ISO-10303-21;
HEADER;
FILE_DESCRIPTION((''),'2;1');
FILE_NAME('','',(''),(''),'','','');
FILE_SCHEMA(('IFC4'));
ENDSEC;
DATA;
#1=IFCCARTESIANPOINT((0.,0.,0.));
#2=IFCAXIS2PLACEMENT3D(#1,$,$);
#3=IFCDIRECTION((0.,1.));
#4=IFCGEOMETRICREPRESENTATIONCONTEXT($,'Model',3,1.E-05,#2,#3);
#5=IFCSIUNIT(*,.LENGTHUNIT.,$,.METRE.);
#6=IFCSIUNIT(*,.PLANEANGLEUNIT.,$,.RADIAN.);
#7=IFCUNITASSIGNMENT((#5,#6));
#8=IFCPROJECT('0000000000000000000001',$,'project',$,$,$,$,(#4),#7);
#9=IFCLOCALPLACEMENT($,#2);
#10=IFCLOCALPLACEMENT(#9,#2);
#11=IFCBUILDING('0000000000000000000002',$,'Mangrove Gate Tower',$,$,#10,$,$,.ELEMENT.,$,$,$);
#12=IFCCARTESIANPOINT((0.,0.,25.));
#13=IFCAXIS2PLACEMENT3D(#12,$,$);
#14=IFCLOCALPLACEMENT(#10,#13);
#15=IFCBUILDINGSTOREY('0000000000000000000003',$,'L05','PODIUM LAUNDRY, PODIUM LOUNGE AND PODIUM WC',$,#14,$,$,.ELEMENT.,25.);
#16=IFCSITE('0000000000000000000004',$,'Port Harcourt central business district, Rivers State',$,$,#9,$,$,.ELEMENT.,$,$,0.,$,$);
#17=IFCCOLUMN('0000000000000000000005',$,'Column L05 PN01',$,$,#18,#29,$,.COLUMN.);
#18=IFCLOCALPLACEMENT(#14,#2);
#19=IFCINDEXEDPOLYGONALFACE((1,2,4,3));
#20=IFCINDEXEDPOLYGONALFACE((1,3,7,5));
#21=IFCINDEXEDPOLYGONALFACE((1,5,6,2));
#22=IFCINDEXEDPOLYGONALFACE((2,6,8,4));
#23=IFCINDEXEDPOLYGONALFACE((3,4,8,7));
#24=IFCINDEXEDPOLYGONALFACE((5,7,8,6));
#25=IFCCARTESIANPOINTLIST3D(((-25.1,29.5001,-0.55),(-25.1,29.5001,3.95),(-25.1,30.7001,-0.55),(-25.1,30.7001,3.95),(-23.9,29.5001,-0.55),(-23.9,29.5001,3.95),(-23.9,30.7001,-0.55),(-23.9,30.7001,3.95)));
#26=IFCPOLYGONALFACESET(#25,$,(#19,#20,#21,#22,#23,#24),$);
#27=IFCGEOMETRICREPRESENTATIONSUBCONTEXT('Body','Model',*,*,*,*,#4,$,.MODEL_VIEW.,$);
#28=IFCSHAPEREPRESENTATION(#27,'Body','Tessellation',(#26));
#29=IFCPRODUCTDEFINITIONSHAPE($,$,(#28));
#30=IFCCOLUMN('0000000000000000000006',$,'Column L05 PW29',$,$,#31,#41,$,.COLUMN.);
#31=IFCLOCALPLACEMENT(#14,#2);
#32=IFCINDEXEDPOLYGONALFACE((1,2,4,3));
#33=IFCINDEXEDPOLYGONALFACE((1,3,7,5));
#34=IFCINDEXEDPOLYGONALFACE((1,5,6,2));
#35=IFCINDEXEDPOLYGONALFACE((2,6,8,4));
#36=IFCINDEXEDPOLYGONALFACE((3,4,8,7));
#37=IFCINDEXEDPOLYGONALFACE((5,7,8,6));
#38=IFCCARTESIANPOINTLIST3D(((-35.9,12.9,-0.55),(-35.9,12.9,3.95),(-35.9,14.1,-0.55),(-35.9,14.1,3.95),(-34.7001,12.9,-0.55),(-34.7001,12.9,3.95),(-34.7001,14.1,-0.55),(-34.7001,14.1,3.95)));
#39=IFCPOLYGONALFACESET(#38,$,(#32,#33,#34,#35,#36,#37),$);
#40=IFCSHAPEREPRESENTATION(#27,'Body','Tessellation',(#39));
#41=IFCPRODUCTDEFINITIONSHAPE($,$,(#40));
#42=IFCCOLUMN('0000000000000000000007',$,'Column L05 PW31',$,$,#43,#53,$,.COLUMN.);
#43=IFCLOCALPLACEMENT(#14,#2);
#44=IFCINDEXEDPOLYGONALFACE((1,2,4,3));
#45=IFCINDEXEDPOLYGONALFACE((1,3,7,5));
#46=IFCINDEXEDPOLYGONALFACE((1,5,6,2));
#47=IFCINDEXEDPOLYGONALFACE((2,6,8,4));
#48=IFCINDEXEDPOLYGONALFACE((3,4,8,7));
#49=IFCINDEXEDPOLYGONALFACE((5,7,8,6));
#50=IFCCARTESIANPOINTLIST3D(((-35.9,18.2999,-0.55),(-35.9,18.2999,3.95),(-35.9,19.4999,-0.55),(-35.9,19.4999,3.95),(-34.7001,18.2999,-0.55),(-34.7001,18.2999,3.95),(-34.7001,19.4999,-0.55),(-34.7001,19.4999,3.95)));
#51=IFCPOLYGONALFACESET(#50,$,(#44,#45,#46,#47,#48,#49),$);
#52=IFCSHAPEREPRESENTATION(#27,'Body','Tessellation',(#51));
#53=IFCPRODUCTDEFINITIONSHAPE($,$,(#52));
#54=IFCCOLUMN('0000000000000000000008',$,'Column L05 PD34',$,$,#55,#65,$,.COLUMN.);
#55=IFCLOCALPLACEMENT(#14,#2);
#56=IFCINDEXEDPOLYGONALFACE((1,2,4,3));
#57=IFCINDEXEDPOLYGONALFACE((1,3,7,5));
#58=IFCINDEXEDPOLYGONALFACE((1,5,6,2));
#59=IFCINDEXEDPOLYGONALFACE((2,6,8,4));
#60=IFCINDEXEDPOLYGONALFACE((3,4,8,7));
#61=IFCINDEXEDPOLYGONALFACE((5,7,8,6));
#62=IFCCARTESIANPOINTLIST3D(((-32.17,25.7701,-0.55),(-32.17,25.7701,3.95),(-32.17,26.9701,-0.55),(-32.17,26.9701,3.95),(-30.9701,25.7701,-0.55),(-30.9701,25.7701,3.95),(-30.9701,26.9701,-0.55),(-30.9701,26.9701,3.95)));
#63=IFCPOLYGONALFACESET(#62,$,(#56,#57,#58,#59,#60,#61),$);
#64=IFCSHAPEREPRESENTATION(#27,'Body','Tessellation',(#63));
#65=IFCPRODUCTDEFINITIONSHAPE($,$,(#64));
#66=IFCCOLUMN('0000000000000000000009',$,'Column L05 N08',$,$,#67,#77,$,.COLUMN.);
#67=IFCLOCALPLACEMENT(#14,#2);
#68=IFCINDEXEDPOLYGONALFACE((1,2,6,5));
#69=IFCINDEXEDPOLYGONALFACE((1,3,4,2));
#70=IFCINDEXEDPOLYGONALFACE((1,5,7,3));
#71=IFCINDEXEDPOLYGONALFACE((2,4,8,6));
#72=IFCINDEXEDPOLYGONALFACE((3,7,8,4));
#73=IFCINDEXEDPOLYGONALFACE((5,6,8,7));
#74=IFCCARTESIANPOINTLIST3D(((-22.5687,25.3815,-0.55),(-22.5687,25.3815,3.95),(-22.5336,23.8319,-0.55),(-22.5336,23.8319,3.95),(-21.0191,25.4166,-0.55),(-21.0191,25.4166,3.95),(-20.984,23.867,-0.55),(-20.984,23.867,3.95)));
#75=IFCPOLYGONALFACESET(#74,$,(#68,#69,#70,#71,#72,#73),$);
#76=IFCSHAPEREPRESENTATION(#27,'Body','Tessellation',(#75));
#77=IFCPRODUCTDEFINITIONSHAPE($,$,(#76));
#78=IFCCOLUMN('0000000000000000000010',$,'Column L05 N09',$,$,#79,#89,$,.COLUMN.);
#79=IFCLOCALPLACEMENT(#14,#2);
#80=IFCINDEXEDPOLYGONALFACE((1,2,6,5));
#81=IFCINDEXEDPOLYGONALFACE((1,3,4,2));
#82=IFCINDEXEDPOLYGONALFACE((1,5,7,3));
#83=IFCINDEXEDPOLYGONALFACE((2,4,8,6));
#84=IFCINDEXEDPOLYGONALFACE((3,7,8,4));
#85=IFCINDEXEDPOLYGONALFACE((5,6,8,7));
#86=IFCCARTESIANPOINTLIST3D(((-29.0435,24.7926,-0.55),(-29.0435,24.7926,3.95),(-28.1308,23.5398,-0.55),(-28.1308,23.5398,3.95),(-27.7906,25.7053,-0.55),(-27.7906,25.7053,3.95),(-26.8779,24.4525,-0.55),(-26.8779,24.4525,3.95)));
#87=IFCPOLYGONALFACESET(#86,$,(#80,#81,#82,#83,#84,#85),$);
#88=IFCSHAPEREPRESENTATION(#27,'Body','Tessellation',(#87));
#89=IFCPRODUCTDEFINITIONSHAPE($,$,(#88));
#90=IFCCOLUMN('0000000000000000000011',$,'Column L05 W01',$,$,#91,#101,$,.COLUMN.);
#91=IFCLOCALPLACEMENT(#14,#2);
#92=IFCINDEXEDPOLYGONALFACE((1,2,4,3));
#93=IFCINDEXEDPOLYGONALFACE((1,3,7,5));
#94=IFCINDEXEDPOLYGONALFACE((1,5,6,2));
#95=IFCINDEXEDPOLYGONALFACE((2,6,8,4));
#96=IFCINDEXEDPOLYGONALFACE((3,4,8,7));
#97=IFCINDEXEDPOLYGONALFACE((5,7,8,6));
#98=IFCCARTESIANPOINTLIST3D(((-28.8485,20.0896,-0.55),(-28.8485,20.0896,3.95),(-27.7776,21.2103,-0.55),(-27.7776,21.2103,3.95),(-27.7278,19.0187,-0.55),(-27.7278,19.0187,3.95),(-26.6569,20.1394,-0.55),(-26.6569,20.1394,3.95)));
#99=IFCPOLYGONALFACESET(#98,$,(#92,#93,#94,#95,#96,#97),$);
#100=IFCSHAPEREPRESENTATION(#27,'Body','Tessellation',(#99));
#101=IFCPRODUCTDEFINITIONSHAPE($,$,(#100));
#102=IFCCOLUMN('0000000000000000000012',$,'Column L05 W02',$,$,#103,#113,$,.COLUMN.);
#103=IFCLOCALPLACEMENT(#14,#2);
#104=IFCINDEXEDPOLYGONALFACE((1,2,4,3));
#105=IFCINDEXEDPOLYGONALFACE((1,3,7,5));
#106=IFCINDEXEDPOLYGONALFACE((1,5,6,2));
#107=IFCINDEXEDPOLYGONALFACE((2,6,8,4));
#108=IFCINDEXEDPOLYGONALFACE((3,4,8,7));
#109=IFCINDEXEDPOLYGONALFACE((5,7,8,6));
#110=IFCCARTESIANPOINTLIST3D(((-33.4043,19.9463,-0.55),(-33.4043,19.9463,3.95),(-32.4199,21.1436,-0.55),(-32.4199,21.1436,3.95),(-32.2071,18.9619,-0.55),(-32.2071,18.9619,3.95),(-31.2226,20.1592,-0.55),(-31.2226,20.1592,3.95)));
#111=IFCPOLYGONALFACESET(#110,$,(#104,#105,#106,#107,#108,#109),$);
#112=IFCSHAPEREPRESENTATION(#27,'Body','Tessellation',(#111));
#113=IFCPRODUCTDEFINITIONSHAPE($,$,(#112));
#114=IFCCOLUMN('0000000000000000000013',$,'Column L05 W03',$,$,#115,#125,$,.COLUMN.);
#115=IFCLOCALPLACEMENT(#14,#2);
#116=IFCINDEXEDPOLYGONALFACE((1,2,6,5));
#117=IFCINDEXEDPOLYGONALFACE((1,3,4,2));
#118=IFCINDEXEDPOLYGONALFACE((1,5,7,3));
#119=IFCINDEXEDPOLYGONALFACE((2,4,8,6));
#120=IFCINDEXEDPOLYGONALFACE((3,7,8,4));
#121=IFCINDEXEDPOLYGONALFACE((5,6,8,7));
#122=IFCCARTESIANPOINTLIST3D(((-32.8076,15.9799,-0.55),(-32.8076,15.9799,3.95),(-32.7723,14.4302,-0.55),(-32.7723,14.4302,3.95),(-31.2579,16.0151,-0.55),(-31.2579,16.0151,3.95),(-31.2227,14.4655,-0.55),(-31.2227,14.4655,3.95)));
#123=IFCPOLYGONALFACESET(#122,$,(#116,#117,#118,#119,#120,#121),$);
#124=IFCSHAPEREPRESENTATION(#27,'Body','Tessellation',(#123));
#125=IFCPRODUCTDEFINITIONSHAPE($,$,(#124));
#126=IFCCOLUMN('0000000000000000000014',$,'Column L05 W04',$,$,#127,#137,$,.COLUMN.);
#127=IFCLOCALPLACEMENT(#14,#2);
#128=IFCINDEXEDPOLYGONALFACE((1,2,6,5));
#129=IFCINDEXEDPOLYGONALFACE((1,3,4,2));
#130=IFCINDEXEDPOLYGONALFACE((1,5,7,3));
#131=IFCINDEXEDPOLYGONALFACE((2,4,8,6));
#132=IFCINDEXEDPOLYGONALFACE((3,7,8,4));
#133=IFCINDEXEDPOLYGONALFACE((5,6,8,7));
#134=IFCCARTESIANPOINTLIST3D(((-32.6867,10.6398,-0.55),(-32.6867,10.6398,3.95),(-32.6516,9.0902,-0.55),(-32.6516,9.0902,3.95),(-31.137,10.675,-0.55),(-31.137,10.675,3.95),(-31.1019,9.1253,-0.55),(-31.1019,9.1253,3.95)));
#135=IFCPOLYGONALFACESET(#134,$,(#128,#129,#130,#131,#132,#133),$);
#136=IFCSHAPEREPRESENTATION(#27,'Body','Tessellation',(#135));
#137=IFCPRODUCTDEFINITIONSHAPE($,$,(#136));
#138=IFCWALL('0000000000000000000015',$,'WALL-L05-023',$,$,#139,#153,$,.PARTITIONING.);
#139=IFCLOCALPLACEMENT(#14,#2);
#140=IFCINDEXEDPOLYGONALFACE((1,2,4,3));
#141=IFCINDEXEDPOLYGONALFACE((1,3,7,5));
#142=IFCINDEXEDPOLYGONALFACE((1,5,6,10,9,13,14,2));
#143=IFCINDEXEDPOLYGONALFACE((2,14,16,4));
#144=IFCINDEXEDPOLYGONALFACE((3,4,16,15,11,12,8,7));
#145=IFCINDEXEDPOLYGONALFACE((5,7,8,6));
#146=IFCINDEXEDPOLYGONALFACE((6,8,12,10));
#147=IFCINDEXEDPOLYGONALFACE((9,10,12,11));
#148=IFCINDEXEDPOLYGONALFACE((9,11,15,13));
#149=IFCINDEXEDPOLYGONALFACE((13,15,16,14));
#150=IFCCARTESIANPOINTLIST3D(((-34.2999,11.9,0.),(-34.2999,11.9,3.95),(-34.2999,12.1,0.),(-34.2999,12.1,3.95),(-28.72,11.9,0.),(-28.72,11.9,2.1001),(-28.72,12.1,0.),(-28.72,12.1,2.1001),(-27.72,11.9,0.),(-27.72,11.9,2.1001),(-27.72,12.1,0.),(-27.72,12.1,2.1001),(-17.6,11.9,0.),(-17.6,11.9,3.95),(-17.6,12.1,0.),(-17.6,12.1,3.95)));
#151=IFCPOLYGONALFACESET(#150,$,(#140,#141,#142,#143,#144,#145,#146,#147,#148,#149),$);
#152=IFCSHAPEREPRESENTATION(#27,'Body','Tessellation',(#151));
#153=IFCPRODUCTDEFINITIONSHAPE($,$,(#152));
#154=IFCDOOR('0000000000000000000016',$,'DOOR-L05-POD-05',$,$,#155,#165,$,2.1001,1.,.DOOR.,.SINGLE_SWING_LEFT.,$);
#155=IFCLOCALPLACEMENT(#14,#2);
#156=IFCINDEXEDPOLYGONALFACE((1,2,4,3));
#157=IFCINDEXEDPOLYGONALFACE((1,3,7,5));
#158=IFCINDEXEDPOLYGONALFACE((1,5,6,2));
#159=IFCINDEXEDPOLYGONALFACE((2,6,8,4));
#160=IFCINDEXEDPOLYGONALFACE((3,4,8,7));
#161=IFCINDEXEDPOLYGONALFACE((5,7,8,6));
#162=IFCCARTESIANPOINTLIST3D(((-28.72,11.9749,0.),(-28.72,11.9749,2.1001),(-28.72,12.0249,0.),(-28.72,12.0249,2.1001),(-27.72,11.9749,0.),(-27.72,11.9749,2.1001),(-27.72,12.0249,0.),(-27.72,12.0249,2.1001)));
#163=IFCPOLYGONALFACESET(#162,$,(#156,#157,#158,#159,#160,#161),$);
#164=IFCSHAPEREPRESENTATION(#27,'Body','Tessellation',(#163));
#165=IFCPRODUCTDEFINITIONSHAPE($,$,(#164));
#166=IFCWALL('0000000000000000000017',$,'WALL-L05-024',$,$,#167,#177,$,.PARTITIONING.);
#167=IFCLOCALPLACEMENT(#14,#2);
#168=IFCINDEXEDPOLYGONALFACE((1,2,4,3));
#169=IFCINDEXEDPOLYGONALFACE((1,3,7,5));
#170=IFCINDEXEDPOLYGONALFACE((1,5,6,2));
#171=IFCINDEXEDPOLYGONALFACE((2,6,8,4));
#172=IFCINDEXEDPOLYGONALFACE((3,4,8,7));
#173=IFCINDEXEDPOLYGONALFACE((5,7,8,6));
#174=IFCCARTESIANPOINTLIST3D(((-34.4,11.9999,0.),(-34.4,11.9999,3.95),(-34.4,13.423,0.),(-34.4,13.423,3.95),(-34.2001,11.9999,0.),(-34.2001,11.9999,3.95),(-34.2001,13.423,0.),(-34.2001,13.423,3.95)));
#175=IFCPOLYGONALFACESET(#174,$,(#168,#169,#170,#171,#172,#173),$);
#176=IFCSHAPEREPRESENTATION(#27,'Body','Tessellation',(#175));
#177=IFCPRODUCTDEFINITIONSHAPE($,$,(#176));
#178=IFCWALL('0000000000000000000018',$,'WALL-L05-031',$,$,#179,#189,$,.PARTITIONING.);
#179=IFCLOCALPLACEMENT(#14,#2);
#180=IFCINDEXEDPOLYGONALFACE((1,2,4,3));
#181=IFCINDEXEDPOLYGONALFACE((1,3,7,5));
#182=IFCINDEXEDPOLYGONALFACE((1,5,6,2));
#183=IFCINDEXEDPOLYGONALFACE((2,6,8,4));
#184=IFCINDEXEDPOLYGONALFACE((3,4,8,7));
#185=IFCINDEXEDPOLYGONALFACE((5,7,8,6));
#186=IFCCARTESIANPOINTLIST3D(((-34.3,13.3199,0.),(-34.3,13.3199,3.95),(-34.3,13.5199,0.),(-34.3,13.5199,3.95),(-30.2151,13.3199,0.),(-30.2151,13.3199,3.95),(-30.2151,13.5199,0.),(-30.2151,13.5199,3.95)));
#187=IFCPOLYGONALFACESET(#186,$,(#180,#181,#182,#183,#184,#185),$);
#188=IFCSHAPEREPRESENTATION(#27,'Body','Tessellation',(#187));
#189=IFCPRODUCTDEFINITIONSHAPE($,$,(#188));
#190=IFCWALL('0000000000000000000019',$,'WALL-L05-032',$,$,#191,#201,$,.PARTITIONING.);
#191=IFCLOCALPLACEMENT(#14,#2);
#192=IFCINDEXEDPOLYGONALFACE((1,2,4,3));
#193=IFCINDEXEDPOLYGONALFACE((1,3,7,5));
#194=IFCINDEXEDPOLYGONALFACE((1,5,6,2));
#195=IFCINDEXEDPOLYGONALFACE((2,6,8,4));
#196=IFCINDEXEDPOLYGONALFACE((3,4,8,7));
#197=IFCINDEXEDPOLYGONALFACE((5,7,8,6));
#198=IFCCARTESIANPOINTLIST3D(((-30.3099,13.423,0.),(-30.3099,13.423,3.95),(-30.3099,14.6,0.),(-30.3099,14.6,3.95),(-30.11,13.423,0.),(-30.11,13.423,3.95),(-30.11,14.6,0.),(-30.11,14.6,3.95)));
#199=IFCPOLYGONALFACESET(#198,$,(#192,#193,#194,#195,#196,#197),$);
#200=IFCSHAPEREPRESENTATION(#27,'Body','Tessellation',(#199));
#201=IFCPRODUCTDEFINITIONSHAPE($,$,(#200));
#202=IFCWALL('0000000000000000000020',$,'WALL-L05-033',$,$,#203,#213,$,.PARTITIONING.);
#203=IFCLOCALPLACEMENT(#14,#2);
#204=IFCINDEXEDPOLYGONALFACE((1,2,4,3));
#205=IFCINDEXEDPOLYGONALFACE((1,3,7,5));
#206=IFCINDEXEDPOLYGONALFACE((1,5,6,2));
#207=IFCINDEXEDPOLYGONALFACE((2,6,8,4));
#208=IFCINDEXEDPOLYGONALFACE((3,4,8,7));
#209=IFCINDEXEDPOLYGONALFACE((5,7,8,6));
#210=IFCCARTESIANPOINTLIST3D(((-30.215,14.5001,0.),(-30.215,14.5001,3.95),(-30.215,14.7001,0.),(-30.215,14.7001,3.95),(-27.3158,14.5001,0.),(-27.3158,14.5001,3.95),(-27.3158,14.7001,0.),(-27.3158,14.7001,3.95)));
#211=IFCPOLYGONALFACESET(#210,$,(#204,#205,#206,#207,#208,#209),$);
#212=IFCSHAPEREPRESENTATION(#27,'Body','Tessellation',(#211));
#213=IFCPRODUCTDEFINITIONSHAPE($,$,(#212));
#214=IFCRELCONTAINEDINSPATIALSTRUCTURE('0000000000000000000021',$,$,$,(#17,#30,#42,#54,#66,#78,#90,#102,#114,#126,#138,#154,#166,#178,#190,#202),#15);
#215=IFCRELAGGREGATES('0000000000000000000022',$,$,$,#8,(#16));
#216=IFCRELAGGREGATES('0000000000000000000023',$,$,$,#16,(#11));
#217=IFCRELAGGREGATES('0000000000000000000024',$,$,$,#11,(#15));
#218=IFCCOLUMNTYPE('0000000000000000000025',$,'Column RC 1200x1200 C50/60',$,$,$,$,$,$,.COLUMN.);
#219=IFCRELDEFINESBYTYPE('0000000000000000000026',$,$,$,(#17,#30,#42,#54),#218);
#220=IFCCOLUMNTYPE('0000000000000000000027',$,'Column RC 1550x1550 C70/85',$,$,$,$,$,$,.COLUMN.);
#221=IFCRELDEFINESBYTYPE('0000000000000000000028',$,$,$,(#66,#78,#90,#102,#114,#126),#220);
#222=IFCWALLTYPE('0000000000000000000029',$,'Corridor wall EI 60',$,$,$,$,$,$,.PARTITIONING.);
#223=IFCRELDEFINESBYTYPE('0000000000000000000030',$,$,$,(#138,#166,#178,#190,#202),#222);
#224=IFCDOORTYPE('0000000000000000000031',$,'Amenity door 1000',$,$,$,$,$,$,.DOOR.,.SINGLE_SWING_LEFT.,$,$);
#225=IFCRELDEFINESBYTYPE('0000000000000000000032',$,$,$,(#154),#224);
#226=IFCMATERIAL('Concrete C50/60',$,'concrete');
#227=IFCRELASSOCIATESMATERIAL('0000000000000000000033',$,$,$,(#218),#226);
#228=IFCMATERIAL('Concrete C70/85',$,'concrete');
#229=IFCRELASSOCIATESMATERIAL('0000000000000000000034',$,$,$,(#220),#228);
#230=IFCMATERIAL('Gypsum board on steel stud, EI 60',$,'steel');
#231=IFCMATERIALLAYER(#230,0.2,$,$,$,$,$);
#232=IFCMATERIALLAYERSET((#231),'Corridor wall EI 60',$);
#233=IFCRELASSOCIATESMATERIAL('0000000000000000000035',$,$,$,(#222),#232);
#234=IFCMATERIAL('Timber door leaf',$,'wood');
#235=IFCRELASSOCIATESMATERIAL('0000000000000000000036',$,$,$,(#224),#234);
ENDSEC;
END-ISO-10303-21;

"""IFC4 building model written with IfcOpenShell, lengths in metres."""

from ifc_helpers import new_model, si_unit, direction, frame, frame_2d, origin, origin_2d, place, context, subcontext, project, spatial, rectangle, extrude, material, layer, layer_set, material_profile, profile_set, type_object, element, fill, save


model = new_model("IFC4")

# Units and contexts
model_context = context("Model", 3, precision=1e-05, world=origin(), true_north=direction((0.0, 1.0)))
body_context = subcontext(model_context, "Body", "Model", "MODEL_VIEW")
ifc_project = project(units=[si_unit("LENGTHUNIT", "METRE"), si_unit("PLANEANGLEUNIT", "RADIAN")], contexts=[model_context])

# Site, building, storey
site_placement = place(None, origin())
site = spatial("IfcSite", under=ifc_project, at=site_placement, Name="Port Harcourt central business district, Rivers State", CompositionType="ELEMENT", RefElevation=0.0)
building_placement = place(site_placement, origin())
building = spatial("IfcBuilding", under=site, at=building_placement, Name="Mangrove Gate Tower", CompositionType="ELEMENT")
storey_placement = place(building_placement, frame((0.0, 0.0, 25.0)))
storey = spatial("IfcBuildingStorey", under=building, at=storey_placement, Name="L05", Description="PODIUM LAUNDRY, PODIUM LOUNGE AND PODIUM WC", CompositionType="ELEMENT", Elevation=25.0)

# Columns
ifc_material_1 = material(Name="Concrete C50/60", Category="concrete")
ifc_material_profile_1 = material_profile(ifc_material_1, rectangle(XDim=1.2, YDim=1.2, at=origin_2d()))
ifc_profile_set_1 = profile_set([ifc_material_profile_1], Name="Concrete C50/60")
column_type_1 = type_object("IfcColumnType", Name="Column RC 1200x1200 C50/60", PredefinedType="COLUMN", material=ifc_profile_set_1)
for number, where, z_axis, x_axis, name in (
    (1, (-24.5, 30.1001, -0.55), (0.0, 0.0, 1.0), (1.0, 0.0, 0.0), "Column L05 PN01"),
    (2, (-35.3, 13.5, -0.55), (0.0, 0.0, 1.0), (1.0, 0.0, 0.0), "Column L05 PW29"),
    (3, (-35.3, 18.8999, -0.55), (0.0, 0.0, 1.0), (1.0, 0.0, 0.0), "Column L05 PW31"),
    (4, (-31.5701, 26.3701, -0.55), (0.0, 0.0, 1.0), (1.0, 0.0, 0.0), "Column L05 PD34"),
):
    element("IfcColumn", number, at=place(storey_placement, frame(where, z_axis=z_axis, x_axis=x_axis)), inside=storey, type_object=column_type_1, Name=name, PredefinedType="COLUMN", context=body_context, shape_type="SweptSolid", body=[
        extrude(rectangle(XDim=1.2, YDim=1.2, at=origin_2d()), origin(), (0.0, 0.0, 1.0), 4.5),
    ])
ifc_material_2 = material(Name="Concrete C70/85", Category="concrete")
ifc_material_profile_2 = material_profile(ifc_material_2, rectangle(XDim=1.55, YDim=1.55, at=origin_2d()))
ifc_profile_set_2 = profile_set([ifc_material_profile_2], Name="Concrete C70/85")
column_type_2 = type_object("IfcColumnType", Name="Column RC 1550x1550 C70/85", PredefinedType="COLUMN", material=ifc_profile_set_2)
for number, where, z_axis, x_axis, name in (
    (5, (-21.7764, 24.6243, -0.55), (0.0, 0.0, 1.0), (-0.999744, -0.022643, 0.0), "Column L05 N08"),
    (6, (-27.9607, 24.6226, -0.55), (0.0, 0.0, 1.0), (-0.808269, -0.588813, 0.0), "Column L05 N09"),
    (7, (-27.7527, 20.1145, -0.55), (0.0, 0.0, 1.0), (-0.690863, -0.722986, 0.0), "Column L05 W01"),
    (8, (-32.3135, 20.0527, -0.55), (0.0, 0.0, 1.0), (-0.635105, -0.772425, 0.0), "Column L05 W02"),
    (9, (-32.0151, 15.2227, -0.55), (0.0, 0.0, 1.0), (0.022747, -0.999741, 0.0), "Column L05 W03"),
    (10, (-31.8943, 9.8826, -0.55), (0.0, 0.0, 1.0), (0.022653, -0.999743, 0.0), "Column L05 W04"),
):
    element("IfcColumn", number, at=place(storey_placement, frame(where, z_axis=z_axis, x_axis=x_axis)), inside=storey, type_object=column_type_2, Name=name, PredefinedType="COLUMN", context=body_context, shape_type="SweptSolid", body=[
        extrude(rectangle(XDim=1.55, YDim=1.55, at=origin_2d()), origin(), (0.0, 0.0, 1.0), 4.5),
    ])

# Wall, opening, door
ifc_material_3 = material(Name="Gypsum board on steel stud, EI 60", Category="steel")
ifc_layer_1 = layer(ifc_material_3, 0.2)
ifc_layer_set_1 = layer_set([ifc_layer_1], Name="Corridor wall EI 60")
wall_type_1 = type_object("IfcWallType", Name="Corridor wall EI 60", PredefinedType="PARTITIONING", material=ifc_layer_set_1)
wall_1_placement = place(storey_placement, frame((-34.3, 12.0, 0.0), z_axis=(0.0, 0.0, 1.0), x_axis=(1.0, 0.0, 0.0)))
wall_1 = element("IfcWall", 11, at=wall_1_placement, inside=storey, type_object=wall_type_1, Name="WALL-L05-023", PredefinedType="PARTITIONING", context=body_context, shape_type="SweptSolid", body=[
    extrude(rectangle(XDim=16.7, YDim=0.2, at=frame_2d((8.3501, 0.0))), origin(), (0.0, 0.0, 1.0), 3.95),
])
opening_1_placement = place(wall_1_placement, frame((5.5801, 0.0, 0.0)))
opening_1 = element("IfcOpeningElement", 12, at=opening_1_placement, cuts=wall_1, PredefinedType="OPENING", context=body_context, shape_type="SweptSolid", body=[
    extrude(rectangle(XDim=1.0, YDim=2.1001, at=frame_2d((0.5, 1.05))), frame((0.0, 0.1099, 0.0), z_axis=(0.0, -1.0, 0.0), x_axis=(1.0, 0.0, 0.0)), (0.0, 0.0, 1.0), 0.22),
])
ifc_material_4 = material(Name="Timber door leaf", Category="wood")
door_type = type_object("IfcDoorType", Name="Amenity door 1000", OperationType="SINGLE_SWING_LEFT", PredefinedType="DOOR", material=ifc_material_4)
door_placement = place(opening_1_placement, origin())
door = element("IfcDoor", 13, at=door_placement, inside=storey, type_object=door_type, Name="DOOR-L05-POD-05", OperationType="SINGLE_SWING_LEFT", OverallHeight=2.1001, OverallWidth=1.0, PredefinedType="DOOR", context=body_context, shape_type="SweptSolid", body=[
    extrude(rectangle(XDim=1.0, YDim=2.1001, at=frame_2d((0.5, 1.05))), frame((0.0, 0.0249, 0.0), z_axis=(0.0, -1.0, 0.0), x_axis=(1.0, 0.0, 0.0)), (0.0, 0.0, 1.0), 0.05),
])
fill(opening_1, door)

# Walls
wall_2_placement = place(storey_placement, frame((-34.3, 12.0, 0.0), z_axis=(0.0, 0.0, 1.0), x_axis=(0.0, 1.0, 0.0)))
element("IfcWall", 14, at=wall_2_placement, inside=storey, type_object=wall_type_1, Name="WALL-L05-024", PredefinedType="PARTITIONING", context=body_context, shape_type="SweptSolid", body=[
    extrude(rectangle(XDim=1.4231, YDim=0.2, at=frame_2d((0.7114, 0.0))), origin(), (0.0, 0.0, 1.0), 3.95),
])
wall_3_placement = place(storey_placement, frame((-34.3, 13.4199, 0.0), z_axis=(0.0, 0.0, 1.0), x_axis=(1.0, 0.0, 0.0)))
element("IfcWall", 15, at=wall_3_placement, inside=storey, type_object=wall_type_1, Name="WALL-L05-031", PredefinedType="PARTITIONING", context=body_context, shape_type="SweptSolid", body=[
    extrude(rectangle(XDim=4.085, YDim=0.2, at=frame_2d((2.0425, 0.0))), origin(), (0.0, 0.0, 1.0), 3.95),
])
wall_4_placement = place(storey_placement, frame((-30.21, 13.4231, 0.0), z_axis=(0.0, 0.0, 1.0), x_axis=(0.0, 1.0, 0.0)))
element("IfcWall", 16, at=wall_4_placement, inside=storey, type_object=wall_type_1, Name="WALL-L05-032", PredefinedType="PARTITIONING", context=body_context, shape_type="SweptSolid", body=[
    extrude(rectangle(XDim=1.177, YDim=0.2, at=frame_2d((0.5884, 0.0))), origin(), (0.0, 0.0, 1.0), 3.95),
])
wall_5_placement = place(storey_placement, frame((-30.2151, 14.6001, 0.0), z_axis=(0.0, 0.0, 1.0), x_axis=(1.0, 0.0, 0.0)))
element("IfcWall", 17, at=wall_5_placement, inside=storey, type_object=wall_type_1, Name="WALL-L05-033", PredefinedType="PARTITIONING", context=body_context, shape_type="SweptSolid", body=[
    extrude(rectangle(XDim=2.8992, YDim=0.2, at=frame_2d((1.4497, 0.0))), origin(), (0.0, 0.0, 1.0), 3.95),
])

save(model, "model.ifc")
